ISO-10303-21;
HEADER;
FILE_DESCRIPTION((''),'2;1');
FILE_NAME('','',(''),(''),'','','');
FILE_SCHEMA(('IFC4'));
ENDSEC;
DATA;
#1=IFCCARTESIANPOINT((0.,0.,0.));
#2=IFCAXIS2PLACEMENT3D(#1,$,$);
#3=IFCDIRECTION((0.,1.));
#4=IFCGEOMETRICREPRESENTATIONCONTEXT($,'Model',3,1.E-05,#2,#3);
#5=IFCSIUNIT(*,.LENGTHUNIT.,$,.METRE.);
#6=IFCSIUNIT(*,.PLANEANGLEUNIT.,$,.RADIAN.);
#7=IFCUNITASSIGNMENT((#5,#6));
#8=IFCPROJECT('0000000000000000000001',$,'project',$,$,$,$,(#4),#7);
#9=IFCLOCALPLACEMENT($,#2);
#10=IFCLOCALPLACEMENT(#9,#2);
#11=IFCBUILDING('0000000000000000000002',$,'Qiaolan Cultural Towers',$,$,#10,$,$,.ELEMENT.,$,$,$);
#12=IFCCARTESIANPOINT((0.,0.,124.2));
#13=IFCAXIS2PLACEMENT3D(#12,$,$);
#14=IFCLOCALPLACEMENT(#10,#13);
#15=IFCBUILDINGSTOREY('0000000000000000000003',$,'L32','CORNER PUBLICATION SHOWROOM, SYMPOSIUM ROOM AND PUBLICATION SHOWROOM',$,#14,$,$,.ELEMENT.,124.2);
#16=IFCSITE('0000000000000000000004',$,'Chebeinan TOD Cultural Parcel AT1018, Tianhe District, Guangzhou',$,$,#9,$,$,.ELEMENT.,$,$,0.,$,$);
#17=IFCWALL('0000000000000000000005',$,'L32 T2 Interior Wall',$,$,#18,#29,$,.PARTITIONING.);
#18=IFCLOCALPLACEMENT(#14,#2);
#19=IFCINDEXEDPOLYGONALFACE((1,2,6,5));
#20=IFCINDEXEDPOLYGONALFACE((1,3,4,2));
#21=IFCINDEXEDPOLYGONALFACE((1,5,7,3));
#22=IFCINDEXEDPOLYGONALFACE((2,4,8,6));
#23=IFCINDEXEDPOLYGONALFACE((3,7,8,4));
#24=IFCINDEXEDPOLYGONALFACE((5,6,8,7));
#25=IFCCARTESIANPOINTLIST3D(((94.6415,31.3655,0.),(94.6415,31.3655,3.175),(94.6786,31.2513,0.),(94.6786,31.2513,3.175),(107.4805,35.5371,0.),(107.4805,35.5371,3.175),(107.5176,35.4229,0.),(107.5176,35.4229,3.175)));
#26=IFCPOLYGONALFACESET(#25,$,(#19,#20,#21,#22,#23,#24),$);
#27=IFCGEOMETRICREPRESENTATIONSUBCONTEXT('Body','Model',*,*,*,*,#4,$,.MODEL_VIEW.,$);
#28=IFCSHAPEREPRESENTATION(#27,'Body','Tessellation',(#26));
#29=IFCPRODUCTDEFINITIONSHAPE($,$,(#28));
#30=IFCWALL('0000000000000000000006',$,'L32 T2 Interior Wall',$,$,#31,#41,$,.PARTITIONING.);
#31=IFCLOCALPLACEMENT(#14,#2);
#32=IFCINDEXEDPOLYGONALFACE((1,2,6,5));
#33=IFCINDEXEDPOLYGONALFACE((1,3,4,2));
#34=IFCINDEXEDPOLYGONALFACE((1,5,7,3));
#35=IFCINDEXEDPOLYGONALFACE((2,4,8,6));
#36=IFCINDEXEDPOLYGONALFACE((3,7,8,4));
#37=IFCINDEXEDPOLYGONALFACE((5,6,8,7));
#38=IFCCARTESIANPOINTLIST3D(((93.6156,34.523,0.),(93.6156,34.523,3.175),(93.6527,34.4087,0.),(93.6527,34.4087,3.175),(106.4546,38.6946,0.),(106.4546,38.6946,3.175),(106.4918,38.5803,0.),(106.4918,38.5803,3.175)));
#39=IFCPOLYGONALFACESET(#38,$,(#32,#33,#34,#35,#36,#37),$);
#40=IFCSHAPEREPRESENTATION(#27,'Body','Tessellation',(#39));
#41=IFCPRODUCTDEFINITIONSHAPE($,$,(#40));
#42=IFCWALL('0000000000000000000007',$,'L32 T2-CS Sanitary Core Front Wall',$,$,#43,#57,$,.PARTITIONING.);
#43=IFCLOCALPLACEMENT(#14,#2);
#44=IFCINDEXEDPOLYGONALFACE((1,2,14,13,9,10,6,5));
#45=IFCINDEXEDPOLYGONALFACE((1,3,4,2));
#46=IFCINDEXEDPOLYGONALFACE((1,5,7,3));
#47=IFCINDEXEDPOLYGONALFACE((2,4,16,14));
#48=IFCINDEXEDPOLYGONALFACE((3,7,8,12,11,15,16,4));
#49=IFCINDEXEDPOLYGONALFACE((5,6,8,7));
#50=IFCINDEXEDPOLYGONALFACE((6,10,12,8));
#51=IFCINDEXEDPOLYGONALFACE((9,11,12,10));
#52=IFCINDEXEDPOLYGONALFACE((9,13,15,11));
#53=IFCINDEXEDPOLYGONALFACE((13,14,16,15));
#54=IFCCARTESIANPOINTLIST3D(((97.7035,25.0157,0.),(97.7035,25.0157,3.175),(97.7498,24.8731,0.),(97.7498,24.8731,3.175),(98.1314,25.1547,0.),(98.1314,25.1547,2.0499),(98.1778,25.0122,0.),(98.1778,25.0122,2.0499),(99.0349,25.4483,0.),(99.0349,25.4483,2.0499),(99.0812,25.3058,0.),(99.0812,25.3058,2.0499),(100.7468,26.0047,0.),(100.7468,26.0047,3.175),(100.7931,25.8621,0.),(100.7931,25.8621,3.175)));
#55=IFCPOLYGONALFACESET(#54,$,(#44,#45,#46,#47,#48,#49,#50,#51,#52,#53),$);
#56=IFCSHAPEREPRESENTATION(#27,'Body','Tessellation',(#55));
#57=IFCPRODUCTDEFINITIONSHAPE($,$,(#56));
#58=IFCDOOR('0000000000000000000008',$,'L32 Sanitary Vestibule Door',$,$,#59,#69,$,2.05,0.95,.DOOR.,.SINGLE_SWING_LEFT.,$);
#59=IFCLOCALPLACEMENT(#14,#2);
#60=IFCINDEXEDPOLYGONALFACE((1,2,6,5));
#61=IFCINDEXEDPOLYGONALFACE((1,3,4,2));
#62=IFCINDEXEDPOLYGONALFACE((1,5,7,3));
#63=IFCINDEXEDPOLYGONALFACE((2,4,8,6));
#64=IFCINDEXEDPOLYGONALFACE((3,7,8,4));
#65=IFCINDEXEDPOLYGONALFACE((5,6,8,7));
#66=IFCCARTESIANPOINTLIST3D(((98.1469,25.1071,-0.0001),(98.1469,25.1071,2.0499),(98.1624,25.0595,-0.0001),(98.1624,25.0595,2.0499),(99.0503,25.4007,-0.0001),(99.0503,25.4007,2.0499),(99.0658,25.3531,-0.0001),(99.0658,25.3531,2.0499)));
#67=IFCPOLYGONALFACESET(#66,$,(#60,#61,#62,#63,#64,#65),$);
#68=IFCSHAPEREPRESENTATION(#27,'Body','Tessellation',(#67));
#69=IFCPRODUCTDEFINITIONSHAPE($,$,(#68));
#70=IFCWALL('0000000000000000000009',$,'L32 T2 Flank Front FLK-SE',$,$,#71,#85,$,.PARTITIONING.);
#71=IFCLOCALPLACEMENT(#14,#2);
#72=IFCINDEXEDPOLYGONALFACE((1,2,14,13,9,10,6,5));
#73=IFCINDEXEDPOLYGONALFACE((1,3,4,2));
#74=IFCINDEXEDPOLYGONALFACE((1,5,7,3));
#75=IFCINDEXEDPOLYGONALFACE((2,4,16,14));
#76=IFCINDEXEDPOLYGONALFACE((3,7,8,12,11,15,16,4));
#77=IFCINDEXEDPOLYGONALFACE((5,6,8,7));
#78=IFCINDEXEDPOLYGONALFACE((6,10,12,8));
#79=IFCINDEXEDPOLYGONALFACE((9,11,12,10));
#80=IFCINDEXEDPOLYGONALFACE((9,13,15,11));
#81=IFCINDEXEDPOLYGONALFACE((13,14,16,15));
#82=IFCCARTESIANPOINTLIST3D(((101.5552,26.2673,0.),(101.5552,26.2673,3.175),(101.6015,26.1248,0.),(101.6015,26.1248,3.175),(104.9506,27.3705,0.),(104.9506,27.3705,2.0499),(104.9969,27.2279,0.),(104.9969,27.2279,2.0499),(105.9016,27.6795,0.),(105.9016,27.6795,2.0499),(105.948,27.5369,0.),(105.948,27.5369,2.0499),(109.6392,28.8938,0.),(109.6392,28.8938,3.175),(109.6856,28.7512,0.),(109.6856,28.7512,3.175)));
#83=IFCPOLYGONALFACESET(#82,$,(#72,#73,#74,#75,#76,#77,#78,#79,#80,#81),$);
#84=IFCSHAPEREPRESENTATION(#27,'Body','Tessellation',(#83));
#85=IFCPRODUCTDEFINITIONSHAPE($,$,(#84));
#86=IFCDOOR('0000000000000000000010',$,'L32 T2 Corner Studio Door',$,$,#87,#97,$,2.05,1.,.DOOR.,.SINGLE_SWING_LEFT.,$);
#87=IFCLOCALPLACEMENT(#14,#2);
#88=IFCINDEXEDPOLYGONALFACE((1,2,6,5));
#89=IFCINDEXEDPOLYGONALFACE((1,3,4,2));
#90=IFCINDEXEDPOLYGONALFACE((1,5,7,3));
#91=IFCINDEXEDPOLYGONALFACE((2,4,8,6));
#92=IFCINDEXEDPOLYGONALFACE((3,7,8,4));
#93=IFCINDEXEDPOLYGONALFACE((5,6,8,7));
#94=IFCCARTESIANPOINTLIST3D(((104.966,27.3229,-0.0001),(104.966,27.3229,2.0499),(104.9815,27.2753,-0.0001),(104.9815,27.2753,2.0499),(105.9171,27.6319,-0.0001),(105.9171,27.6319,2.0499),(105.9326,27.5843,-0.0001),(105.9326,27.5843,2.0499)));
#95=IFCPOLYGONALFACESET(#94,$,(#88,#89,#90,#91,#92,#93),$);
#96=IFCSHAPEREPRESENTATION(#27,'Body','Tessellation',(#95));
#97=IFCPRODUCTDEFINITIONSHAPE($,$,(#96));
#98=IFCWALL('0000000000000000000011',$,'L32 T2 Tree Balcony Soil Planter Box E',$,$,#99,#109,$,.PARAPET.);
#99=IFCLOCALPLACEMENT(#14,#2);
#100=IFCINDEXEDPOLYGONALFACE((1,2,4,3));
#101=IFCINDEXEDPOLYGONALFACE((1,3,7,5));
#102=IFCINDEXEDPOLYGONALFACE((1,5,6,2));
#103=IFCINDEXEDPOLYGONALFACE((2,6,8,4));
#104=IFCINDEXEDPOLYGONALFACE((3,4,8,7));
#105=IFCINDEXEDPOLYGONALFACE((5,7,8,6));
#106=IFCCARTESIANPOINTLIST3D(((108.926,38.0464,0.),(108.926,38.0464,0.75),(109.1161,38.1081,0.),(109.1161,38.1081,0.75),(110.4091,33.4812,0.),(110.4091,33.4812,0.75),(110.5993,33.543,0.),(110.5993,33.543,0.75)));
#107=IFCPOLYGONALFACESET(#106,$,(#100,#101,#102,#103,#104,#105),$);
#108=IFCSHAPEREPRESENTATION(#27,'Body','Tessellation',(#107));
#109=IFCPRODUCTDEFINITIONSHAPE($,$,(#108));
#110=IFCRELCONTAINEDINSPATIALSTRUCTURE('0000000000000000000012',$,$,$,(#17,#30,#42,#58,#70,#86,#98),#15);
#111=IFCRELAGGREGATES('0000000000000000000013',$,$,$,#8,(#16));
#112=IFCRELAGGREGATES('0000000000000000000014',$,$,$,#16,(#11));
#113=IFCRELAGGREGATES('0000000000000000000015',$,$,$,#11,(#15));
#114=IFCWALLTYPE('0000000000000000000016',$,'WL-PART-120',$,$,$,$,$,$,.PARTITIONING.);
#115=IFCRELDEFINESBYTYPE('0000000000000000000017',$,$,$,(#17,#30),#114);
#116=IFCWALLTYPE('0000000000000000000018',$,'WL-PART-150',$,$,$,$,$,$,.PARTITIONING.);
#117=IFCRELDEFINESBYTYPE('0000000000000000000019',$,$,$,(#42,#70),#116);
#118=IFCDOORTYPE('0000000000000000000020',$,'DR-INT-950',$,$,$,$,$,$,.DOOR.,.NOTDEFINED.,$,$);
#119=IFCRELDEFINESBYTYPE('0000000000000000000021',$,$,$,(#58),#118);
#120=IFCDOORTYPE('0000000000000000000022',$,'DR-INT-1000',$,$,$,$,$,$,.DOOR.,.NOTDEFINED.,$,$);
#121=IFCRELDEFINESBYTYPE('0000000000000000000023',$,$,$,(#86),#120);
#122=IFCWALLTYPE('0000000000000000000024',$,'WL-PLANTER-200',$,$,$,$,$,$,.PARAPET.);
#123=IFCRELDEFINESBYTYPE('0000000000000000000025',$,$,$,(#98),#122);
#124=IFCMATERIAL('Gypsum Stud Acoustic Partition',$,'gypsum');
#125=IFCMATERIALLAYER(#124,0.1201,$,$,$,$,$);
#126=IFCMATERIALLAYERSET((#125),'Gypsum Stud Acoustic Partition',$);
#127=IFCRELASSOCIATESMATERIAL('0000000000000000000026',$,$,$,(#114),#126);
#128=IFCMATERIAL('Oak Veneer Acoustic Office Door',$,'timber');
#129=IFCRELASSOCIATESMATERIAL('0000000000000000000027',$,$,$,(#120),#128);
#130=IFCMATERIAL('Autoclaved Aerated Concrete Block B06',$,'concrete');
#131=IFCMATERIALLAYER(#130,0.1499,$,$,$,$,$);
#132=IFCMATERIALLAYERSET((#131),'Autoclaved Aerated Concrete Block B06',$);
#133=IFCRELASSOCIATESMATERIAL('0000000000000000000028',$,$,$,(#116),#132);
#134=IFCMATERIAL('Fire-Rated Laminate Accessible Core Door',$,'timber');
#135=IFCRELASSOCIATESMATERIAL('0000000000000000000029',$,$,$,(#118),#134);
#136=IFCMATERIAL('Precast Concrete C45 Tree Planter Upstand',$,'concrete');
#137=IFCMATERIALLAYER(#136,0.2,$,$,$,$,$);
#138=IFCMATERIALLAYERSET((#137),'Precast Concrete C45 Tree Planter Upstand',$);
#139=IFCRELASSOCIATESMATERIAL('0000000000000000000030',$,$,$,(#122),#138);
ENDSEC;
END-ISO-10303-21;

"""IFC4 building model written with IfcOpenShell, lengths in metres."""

from ifc_helpers import new_model, si_unit, direction, frame, frame_2d, origin, place, context, subcontext, project, spatial, rectangle, extrude, material, layer, layer_set, type_object, element, fill, save


model = new_model("IFC4")

# Units and contexts
model_context = context("Model", 3, precision=1e-05, world=origin(), true_north=direction((0.0, 1.0)))
body_context = subcontext(model_context, "Body", "Model", "MODEL_VIEW")
ifc_project = project(units=[si_unit("LENGTHUNIT", "METRE"), si_unit("PLANEANGLEUNIT", "RADIAN")], contexts=[model_context])

# Site, building, storey
site_placement = place(None, origin())
site = spatial("IfcSite", under=ifc_project, at=site_placement, Name="Chebeinan TOD Cultural Parcel AT1018, Tianhe District, Guangzhou", CompositionType="ELEMENT", RefElevation=0.0)
building_placement = place(site_placement, origin())
building = spatial("IfcBuilding", under=site, at=building_placement, Name="Qiaolan Cultural Towers", CompositionType="ELEMENT")
storey_placement = place(building_placement, frame((0.0, 0.0, 124.2)))
storey = spatial("IfcBuildingStorey", under=building, at=storey_placement, Name="L32", Description="CORNER PUBLICATION SHOWROOM, SYMPOSIUM ROOM AND PUBLICATION SHOWROOM", CompositionType="ELEMENT", Elevation=124.2)

# Shared definitions
ifc_material_1 = material(Name="Gypsum Stud Acoustic Partition", Category="gypsum")
ifc_layer_1 = layer(ifc_material_1, 0.1201)
ifc_layer_set_1 = layer_set([ifc_layer_1], Name="Gypsum Stud Acoustic Partition")
wall_type_1 = type_object("IfcWallType", Name="WL-PART-120", PredefinedType="PARTITIONING", material=ifc_layer_set_1)

# Shared definitions
ifc_material_2 = material(Name="Oak Veneer Acoustic Office Door", Category="timber")
door_type_1 = type_object("IfcDoorType", Name="DR-INT-1000", OperationType="NOTDEFINED", PredefinedType="DOOR", material=ifc_material_2)

# Walls
for number, where, z_axis, x_axis, name in (
    (1, (94.6599, 31.3083, 0.0), (0.0, 0.0, 1.0), (0.951058, 0.309014, 0.0), "L32 T2 Interior Wall"),
    (2, (93.634, 34.4658, 0.0), (0.0, 0.0, 1.0), (0.951058, 0.309014, 0.0), "L32 T2 Interior Wall"),
):
    element("IfcWall", number, at=place(storey_placement, frame(where, z_axis=z_axis, x_axis=x_axis)), inside=storey, type_object=wall_type_1, Name=name, PredefinedType="PARTITIONING", context=body_context, shape_type="SweptSolid", body=[
        extrude(rectangle(XDim=13.4998, YDim=0.1201, at=frame_2d((6.75, 0.0))), origin(), (0.0, 0.0, 1.0), 3.175),
    ])

# Walls, openings, doors
ifc_material_3 = material(Name="Autoclaved Aerated Concrete Block B06", Category="concrete")
ifc_layer_2 = layer(ifc_material_3, 0.1499)
ifc_layer_set_2 = layer_set([ifc_layer_2], Name="Autoclaved Aerated Concrete Block B06")
wall_type_2 = type_object("IfcWallType", Name="WL-PART-150", PredefinedType="PARTITIONING", material=ifc_layer_set_2)
wall_1_placement = place(storey_placement, frame((97.7266, 24.9443, 0.0), z_axis=(0.0, 0.0, 1.0), x_axis=(0.951037, 0.309077, 0.0)))
wall_1 = element("IfcWall", 3, at=wall_1_placement, inside=storey, type_object=wall_type_2, Name="L32 T2-CS Sanitary Core Front Wall", PredefinedType="PARTITIONING", context=body_context, shape_type="SweptSolid", body=[
    extrude(rectangle(XDim=3.2, YDim=0.1499, at=frame_2d((1.6001, 0.0))), origin(), (0.0, 0.0, 1.0), 3.175),
])
opening_1_placement = place(wall_1_placement, frame((0.45, 0.0, 0.0)))
opening_1 = element("IfcOpeningElement", 4, at=opening_1_placement, cuts=wall_1, PredefinedType="OPENING", context=body_context, shape_type="SweptSolid", body=[
    extrude(rectangle(XDim=0.95, YDim=2.05, at=frame_2d((0.4751, 1.0249))), frame((0.0, 0.085, 0.0), z_axis=(0.0, -1.0, 0.0), x_axis=(1.0, 0.0, 0.0)), (0.0, 0.0, 1.0), 0.1699),
])
ifc_material_4 = material(Name="Fire-Rated Laminate Accessible Core Door", Category="timber")
door_type_2 = type_object("IfcDoorType", Name="DR-INT-950", OperationType="NOTDEFINED", PredefinedType="DOOR", material=ifc_material_4)
door_1_placement = place(opening_1_placement, origin())
door_1 = element("IfcDoor", 5, at=door_1_placement, inside=storey, type_object=door_type_2, Name="L32 Sanitary Vestibule Door", OperationType="SINGLE_SWING_LEFT", OverallHeight=2.05, OverallWidth=0.95, PredefinedType="DOOR", context=body_context, shape_type="SweptSolid", body=[
    extrude(rectangle(XDim=0.95, YDim=2.05, at=frame_2d((0.4751, 1.0249))), frame((0.0, 0.0249, 0.0), z_axis=(0.0, -1.0, 0.0), x_axis=(1.0, 0.0, 0.0)), (0.0, 0.0, 1.0), 0.05),
])
fill(opening_1, door_1)
wall_2_placement = place(storey_placement, frame((101.5784, 26.196, 0.0), z_axis=(0.0, 0.0, 1.0), x_axis=(0.951063, 0.308998, 0.0)))
wall_2 = element("IfcWall", 6, at=wall_2_placement, inside=storey, type_object=wall_type_2, Name="L32 T2 Flank Front FLK-SE", PredefinedType="PARTITIONING", context=body_context, shape_type="SweptSolid", body=[
    extrude(rectangle(XDim=8.5, YDim=0.1499, at=frame_2d((4.25, 0.0))), origin(), (0.0, 0.0, 1.0), 3.175),
])
opening_2_placement = place(wall_2_placement, frame((3.5701, 0.0, 0.0)))
opening_2 = element("IfcOpeningElement", 7, at=opening_2_placement, cuts=wall_2, PredefinedType="OPENING", context=body_context, shape_type="SweptSolid", body=[
    extrude(rectangle(XDim=1.0, YDim=2.05, at=frame_2d((0.5, 1.0249))), frame((0.0, 0.085, 0.0), z_axis=(0.0, -1.0, 0.0), x_axis=(1.0, 0.0, 0.0)), (0.0, 0.0, 1.0), 0.1699),
])
door_2_placement = place(opening_2_placement, origin())
door_2 = element("IfcDoor", 8, at=door_2_placement, inside=storey, type_object=door_type_1, Name="L32 T2 Corner Studio Door", OperationType="SINGLE_SWING_LEFT", OverallHeight=2.05, OverallWidth=1.0, PredefinedType="DOOR", context=body_context, shape_type="SweptSolid", body=[
    extrude(rectangle(XDim=1.0, YDim=2.05, at=frame_2d((0.5, 1.0249))), frame((0.0, 0.0249, 0.0), z_axis=(0.0, -1.0, 0.0), x_axis=(1.0, 0.0, 0.0)), (0.0, 0.0, 1.0), 0.05),
])
fill(opening_2, door_2)

# Wall
ifc_material_5 = material(Name="Precast Concrete C45 Tree Planter Upstand", Category="concrete")
ifc_layer_3 = layer(ifc_material_5, 0.2)
ifc_layer_set_3 = layer_set([ifc_layer_3], Name="Precast Concrete C45 Tree Planter Upstand")
wall_type_3 = type_object("IfcWallType", Name="WL-PLANTER-200", PredefinedType="PARAPET", material=ifc_layer_set_3)
wall_3_placement = place(storey_placement, frame((110.5042, 33.5122, 0.0), z_axis=(0.0, 0.0, 1.0), x_axis=(-0.308986, 0.951067, 0.0)))
element("IfcWall", 9, at=wall_3_placement, inside=storey, type_object=wall_type_3, Name="L32 T2 Tree Balcony Soil Planter Box E", PredefinedType="PARAPET", context=body_context, shape_type="SweptSolid", body=[
    extrude(rectangle(XDim=4.8, YDim=0.2, at=frame_2d((2.3999, 0.0))), origin(), (0.0, 0.0, 1.0), 0.75),
])

save(model, "model.ifc")
